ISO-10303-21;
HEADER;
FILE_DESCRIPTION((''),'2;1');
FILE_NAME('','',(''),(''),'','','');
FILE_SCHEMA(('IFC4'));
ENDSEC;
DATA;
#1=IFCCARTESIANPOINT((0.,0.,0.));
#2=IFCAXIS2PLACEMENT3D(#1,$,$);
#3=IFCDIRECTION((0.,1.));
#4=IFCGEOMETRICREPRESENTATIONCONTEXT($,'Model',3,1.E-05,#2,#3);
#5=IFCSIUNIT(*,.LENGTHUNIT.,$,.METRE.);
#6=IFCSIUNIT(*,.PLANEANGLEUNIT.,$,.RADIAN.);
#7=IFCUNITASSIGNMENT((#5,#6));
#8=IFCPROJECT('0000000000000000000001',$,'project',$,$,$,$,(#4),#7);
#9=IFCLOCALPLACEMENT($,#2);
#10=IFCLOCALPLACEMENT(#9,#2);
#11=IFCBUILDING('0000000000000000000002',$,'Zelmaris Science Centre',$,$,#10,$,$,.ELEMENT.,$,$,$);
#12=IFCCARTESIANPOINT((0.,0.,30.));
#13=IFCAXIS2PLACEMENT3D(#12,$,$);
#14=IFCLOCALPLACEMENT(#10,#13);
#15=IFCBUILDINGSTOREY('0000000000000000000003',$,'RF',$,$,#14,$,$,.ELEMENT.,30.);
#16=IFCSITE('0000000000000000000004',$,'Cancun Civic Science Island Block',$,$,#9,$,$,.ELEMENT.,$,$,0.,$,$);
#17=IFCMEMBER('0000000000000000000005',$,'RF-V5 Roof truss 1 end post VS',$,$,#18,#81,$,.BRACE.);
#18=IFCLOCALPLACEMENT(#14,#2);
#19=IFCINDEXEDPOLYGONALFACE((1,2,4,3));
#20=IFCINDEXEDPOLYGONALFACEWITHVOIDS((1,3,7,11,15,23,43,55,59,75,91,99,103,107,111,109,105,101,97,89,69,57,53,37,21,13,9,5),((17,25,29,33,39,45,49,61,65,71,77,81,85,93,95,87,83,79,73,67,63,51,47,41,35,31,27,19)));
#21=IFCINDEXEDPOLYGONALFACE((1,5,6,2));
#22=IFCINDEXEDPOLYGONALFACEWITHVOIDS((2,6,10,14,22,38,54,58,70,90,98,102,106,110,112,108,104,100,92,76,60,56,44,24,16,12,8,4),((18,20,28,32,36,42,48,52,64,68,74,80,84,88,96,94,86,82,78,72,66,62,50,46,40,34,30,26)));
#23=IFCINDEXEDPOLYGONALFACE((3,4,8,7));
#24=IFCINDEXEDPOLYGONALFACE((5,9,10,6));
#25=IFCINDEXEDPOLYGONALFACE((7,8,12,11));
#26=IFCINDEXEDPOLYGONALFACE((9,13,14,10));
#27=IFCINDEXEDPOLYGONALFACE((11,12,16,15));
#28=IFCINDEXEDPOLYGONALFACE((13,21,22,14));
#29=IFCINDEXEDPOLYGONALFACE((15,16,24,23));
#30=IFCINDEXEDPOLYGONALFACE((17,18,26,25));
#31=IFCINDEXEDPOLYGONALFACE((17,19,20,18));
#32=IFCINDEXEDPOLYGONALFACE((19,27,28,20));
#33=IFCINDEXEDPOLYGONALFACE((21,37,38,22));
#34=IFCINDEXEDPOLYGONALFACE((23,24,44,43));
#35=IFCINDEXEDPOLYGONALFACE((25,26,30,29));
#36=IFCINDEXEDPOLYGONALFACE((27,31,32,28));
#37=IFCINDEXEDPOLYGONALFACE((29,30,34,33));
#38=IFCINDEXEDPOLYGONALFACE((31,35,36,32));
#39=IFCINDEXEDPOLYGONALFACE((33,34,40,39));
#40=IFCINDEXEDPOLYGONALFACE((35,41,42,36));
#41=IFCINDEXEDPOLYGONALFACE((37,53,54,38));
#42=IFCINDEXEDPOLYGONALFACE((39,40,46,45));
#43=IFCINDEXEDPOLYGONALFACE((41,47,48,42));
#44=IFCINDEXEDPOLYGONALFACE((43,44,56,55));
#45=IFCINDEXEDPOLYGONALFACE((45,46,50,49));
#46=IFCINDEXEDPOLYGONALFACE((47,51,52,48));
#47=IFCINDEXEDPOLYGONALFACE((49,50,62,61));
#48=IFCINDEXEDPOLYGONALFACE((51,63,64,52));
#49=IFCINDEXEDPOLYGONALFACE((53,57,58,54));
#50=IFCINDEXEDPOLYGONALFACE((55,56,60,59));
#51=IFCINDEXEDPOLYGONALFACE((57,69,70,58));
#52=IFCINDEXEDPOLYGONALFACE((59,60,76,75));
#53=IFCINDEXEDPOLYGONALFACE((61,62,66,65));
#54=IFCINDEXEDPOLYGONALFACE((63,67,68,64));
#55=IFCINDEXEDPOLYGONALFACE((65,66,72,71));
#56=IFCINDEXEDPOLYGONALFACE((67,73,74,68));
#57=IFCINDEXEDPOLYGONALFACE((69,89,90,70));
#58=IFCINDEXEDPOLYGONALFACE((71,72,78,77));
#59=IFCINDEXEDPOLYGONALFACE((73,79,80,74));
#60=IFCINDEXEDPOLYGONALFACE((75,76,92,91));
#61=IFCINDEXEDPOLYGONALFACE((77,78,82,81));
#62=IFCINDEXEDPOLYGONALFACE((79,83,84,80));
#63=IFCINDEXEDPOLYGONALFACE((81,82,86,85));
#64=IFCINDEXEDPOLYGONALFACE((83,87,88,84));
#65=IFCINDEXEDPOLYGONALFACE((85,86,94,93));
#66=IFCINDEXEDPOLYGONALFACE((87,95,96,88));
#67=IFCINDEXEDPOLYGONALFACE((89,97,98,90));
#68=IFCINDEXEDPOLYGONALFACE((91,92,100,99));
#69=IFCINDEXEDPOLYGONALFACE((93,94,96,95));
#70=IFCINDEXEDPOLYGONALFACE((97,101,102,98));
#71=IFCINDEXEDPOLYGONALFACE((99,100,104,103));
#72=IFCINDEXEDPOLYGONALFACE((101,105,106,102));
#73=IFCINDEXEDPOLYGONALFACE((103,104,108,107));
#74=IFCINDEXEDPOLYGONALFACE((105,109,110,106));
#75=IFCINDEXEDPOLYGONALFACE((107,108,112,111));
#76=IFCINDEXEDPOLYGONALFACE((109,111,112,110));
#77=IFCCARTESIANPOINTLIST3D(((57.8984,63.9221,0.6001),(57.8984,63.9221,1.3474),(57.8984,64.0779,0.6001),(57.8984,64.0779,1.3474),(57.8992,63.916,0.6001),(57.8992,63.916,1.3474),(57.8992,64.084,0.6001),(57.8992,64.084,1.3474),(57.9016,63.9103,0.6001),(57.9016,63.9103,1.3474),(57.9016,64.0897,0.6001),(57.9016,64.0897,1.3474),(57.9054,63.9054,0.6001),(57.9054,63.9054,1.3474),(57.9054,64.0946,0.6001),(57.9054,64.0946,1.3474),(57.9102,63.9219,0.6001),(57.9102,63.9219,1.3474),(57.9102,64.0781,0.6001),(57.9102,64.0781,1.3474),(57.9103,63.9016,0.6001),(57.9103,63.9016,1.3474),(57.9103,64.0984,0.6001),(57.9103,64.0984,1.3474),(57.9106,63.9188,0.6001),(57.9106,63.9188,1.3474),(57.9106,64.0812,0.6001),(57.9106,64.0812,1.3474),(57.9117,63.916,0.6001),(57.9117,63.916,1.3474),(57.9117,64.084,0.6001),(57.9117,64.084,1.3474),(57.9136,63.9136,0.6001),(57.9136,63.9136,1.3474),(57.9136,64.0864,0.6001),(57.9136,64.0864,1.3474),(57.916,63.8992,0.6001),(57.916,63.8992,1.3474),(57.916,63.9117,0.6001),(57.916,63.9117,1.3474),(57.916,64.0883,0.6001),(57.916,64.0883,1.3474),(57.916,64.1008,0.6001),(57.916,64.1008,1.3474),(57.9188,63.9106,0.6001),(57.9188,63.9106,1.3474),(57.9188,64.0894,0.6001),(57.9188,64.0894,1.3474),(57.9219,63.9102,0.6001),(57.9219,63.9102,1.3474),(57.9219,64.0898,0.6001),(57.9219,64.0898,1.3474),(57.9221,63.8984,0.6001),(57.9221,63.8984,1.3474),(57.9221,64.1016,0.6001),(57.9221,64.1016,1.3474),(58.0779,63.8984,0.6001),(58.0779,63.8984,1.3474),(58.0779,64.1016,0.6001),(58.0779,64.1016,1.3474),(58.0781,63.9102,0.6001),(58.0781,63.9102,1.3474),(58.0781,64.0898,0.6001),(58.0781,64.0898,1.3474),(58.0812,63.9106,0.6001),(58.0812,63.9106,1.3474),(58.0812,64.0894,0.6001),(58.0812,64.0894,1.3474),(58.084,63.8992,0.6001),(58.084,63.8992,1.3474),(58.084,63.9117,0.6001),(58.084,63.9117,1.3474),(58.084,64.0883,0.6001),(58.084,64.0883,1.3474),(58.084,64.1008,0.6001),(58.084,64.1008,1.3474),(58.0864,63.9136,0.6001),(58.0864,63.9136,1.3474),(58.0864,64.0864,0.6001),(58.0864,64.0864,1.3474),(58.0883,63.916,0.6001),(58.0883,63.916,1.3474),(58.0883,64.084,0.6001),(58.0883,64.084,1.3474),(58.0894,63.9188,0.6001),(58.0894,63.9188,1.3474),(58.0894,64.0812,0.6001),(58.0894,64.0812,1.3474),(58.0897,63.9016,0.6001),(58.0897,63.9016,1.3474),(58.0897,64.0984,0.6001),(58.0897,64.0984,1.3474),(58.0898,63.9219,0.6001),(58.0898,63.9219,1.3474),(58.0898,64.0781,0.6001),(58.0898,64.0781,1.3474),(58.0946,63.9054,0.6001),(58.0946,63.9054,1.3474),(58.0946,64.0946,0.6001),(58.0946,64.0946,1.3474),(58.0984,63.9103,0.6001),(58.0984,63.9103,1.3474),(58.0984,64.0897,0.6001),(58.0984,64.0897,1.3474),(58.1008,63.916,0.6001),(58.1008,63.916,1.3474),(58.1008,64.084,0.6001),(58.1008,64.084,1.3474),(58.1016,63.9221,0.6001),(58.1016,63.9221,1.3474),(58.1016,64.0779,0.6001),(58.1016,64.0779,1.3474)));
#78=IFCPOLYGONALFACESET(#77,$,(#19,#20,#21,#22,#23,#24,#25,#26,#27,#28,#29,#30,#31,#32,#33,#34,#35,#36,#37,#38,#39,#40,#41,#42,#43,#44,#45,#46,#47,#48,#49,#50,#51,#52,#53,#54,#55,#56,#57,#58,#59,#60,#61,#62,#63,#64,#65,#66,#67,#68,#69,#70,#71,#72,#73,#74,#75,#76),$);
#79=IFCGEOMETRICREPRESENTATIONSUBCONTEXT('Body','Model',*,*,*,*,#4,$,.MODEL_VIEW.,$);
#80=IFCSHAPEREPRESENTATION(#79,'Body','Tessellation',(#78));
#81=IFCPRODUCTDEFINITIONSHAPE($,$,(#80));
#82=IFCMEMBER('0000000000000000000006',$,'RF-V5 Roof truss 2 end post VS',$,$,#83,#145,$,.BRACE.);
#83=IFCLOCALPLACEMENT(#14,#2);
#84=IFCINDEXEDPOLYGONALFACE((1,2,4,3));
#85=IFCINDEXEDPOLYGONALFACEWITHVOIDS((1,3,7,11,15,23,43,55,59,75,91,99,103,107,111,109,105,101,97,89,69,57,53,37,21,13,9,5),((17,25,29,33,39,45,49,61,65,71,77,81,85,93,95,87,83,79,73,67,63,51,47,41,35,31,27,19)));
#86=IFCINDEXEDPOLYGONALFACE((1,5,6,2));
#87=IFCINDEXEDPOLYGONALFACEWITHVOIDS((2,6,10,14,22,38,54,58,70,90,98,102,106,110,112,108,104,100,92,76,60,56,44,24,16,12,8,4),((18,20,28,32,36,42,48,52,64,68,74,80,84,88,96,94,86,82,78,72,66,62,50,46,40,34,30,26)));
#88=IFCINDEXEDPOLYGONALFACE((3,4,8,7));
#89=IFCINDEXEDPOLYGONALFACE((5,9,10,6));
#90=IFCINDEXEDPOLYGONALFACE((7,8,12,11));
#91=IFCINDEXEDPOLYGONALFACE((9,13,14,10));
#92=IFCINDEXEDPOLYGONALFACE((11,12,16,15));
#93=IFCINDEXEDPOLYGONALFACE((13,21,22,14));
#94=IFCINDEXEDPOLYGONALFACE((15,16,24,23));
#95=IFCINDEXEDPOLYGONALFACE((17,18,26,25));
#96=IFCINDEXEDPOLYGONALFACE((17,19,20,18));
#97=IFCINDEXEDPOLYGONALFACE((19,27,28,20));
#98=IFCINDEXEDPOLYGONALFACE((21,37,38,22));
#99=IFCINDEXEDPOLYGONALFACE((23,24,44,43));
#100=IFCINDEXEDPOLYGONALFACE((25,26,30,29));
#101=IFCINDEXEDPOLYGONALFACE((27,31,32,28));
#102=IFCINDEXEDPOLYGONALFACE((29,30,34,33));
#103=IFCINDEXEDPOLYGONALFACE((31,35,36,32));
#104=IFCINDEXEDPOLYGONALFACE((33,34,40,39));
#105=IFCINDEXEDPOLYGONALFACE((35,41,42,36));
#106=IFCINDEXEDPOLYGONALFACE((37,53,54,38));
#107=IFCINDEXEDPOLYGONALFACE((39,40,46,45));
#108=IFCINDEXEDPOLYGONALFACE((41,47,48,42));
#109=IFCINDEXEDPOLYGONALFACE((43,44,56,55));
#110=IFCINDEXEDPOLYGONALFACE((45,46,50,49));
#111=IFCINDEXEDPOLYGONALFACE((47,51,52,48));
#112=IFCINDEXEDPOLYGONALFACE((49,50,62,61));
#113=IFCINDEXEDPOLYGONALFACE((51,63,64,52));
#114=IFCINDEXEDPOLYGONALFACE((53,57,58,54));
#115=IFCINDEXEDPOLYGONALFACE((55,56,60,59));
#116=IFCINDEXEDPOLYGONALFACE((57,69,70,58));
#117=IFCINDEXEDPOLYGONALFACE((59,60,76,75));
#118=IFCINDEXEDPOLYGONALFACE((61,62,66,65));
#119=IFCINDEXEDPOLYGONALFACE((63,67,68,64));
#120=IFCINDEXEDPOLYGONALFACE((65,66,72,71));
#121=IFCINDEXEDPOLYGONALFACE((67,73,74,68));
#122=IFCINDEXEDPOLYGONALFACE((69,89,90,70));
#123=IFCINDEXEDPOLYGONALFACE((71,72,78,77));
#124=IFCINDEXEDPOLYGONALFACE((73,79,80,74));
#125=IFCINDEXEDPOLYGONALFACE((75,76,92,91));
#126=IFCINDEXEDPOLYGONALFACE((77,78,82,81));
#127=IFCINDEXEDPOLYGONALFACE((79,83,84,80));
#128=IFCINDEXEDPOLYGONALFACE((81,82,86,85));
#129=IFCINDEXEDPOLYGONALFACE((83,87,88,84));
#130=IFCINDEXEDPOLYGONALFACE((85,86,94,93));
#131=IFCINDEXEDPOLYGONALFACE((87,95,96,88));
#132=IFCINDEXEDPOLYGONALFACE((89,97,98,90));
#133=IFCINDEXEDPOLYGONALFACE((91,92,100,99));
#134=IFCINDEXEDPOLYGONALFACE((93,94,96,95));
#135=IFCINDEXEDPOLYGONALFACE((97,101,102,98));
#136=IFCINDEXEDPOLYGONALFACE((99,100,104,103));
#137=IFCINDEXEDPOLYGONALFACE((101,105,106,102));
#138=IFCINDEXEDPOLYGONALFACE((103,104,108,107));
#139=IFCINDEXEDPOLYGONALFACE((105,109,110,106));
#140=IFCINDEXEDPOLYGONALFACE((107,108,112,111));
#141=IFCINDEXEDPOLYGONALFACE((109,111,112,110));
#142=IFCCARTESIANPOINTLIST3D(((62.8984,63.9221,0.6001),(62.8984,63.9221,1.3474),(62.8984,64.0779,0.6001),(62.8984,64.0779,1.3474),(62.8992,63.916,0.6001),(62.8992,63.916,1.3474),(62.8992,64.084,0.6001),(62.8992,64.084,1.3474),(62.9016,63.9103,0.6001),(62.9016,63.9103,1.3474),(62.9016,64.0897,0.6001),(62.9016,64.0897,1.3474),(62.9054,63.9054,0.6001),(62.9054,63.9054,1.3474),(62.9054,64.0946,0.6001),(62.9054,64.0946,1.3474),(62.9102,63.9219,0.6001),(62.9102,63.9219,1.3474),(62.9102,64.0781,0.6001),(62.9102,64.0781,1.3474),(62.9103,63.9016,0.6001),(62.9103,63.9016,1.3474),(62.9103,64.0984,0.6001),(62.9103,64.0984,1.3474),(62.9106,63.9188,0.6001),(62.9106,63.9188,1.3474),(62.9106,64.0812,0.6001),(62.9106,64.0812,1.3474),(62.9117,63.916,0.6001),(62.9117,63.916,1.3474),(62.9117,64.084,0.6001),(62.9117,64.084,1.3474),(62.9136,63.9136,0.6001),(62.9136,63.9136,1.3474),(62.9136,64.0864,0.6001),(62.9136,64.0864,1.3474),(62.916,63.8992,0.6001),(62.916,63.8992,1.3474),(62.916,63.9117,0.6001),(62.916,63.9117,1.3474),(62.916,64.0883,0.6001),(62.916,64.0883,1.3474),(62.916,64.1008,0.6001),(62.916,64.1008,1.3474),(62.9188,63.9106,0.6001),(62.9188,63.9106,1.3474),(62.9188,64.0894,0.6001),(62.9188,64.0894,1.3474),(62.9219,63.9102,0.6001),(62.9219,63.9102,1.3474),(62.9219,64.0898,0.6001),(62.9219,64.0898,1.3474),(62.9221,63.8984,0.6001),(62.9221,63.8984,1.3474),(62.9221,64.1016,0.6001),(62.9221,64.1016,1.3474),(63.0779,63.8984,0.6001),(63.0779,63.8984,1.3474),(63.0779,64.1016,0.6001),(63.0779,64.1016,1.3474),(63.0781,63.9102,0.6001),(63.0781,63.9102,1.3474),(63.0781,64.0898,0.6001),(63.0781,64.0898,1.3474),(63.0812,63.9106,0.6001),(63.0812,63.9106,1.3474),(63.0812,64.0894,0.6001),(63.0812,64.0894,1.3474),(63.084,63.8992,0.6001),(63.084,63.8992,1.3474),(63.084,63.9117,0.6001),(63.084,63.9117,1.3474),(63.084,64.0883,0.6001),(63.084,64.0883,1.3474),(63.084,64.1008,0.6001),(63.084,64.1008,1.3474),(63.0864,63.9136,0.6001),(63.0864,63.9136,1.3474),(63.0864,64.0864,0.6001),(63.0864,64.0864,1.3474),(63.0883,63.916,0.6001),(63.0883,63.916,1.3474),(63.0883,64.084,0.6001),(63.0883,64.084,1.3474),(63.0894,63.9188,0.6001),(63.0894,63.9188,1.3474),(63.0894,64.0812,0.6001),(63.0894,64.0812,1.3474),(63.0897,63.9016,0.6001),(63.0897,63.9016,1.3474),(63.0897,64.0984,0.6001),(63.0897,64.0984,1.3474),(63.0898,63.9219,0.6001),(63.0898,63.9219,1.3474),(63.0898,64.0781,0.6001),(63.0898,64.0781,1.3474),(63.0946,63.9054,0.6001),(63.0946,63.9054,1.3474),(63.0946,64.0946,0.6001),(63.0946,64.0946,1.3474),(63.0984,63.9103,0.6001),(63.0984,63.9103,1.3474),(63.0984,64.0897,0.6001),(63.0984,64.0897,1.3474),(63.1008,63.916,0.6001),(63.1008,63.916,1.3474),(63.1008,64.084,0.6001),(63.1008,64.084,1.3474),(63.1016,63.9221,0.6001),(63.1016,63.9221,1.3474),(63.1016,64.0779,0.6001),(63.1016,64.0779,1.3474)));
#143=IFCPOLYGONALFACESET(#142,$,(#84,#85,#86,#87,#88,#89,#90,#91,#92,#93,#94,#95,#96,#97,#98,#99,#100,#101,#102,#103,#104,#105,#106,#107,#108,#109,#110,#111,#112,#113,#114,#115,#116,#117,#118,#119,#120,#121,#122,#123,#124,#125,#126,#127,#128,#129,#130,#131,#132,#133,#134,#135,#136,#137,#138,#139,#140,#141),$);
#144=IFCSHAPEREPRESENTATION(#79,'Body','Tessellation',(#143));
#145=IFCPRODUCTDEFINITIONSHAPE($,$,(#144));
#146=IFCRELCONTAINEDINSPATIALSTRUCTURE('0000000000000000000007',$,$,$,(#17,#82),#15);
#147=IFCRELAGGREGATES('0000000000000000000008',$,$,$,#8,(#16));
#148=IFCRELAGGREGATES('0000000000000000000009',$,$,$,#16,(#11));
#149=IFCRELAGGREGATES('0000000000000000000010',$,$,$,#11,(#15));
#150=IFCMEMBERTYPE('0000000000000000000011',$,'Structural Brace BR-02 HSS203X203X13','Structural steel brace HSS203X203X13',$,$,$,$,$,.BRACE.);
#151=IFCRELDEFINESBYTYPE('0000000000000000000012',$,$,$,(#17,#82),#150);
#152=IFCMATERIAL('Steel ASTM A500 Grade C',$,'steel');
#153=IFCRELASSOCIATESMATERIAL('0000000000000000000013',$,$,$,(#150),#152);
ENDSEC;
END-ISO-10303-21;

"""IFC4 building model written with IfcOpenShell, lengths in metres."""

from ifc_helpers import new_model, si_unit, direction, frame, origin, origin_2d, place, context, subcontext, project, spatial, hollow_rectangle, extrude, material, material_profile, profile_set, type_object, element, save


model = new_model("IFC4")

# Units and contexts
model_context = context("Model", 3, precision=1e-05, world=origin(), true_north=direction((0.0, 1.0)))
body_context = subcontext(model_context, "Body", "Model", "MODEL_VIEW")
ifc_project = project(units=[si_unit("LENGTHUNIT", "METRE"), si_unit("PLANEANGLEUNIT", "RADIAN")], contexts=[model_context])

# Site, building, storey
site_placement = place(None, origin())
site = spatial("IfcSite", under=ifc_project, at=site_placement, Name="Cancun Civic Science Island Block", CompositionType="ELEMENT", RefElevation=0.0)
building_placement = place(site_placement, origin())
building = spatial("IfcBuilding", under=site, at=building_placement, Name="Zelmaris Science Centre", CompositionType="ELEMENT")
storey_placement = place(building_placement, frame((0.0, 0.0, 30.0)))
storey = spatial("IfcBuildingStorey", under=building, at=storey_placement, Name="RF", CompositionType="ELEMENT", Elevation=30.0)

# Shared definitions
ifc_material_1 = material(Name="Steel ASTM A500 Grade C", Category="steel")

# Members
ifc_material_profile_1 = material_profile(ifc_material_1, hollow_rectangle(XDim=0.2031, YDim=0.2031, WallThickness=0.0117, InnerFilletRadius=0.0117, OuterFilletRadius=0.0237, at=origin_2d()), Name="HSS203X203X13")
ifc_profile_set_1 = profile_set([ifc_material_profile_1], Name="Steel ASTM A500 Grade C")
member_type_1 = type_object("IfcMemberType", Name="Structural Brace BR-02 HSS203X203X13", Description="Structural steel brace HSS203X203X13", PredefinedType="BRACE", material=ifc_profile_set_1)
for number, where, z_axis, x_axis, name in (
    (1, (58.0, 64.0, 0.6001), (0.0, 0.0, 1.0), (1.0, 0.0, 0.0), "RF-V5 Roof truss 1 end post VS"),
    (2, (63.0, 64.0, 0.6001), (0.0, 0.0, 1.0), (1.0, 0.0, 0.0), "RF-V5 Roof truss 2 end post VS"),
):
    element("IfcMember", number, at=place(storey_placement, frame(where, z_axis=z_axis, x_axis=x_axis)), inside=storey, type_object=member_type_1, Name=name, PredefinedType="BRACE", context=body_context, shape_type="SweptSolid", body=[
        extrude(hollow_rectangle(XDim=0.2031, YDim=0.2031, WallThickness=0.0117, InnerFilletRadius=0.0117, OuterFilletRadius=0.0237, at=origin_2d()), origin(), (0.0, 0.0, 1.0), 0.7473),
    ])

save(model, "model.ifc")
